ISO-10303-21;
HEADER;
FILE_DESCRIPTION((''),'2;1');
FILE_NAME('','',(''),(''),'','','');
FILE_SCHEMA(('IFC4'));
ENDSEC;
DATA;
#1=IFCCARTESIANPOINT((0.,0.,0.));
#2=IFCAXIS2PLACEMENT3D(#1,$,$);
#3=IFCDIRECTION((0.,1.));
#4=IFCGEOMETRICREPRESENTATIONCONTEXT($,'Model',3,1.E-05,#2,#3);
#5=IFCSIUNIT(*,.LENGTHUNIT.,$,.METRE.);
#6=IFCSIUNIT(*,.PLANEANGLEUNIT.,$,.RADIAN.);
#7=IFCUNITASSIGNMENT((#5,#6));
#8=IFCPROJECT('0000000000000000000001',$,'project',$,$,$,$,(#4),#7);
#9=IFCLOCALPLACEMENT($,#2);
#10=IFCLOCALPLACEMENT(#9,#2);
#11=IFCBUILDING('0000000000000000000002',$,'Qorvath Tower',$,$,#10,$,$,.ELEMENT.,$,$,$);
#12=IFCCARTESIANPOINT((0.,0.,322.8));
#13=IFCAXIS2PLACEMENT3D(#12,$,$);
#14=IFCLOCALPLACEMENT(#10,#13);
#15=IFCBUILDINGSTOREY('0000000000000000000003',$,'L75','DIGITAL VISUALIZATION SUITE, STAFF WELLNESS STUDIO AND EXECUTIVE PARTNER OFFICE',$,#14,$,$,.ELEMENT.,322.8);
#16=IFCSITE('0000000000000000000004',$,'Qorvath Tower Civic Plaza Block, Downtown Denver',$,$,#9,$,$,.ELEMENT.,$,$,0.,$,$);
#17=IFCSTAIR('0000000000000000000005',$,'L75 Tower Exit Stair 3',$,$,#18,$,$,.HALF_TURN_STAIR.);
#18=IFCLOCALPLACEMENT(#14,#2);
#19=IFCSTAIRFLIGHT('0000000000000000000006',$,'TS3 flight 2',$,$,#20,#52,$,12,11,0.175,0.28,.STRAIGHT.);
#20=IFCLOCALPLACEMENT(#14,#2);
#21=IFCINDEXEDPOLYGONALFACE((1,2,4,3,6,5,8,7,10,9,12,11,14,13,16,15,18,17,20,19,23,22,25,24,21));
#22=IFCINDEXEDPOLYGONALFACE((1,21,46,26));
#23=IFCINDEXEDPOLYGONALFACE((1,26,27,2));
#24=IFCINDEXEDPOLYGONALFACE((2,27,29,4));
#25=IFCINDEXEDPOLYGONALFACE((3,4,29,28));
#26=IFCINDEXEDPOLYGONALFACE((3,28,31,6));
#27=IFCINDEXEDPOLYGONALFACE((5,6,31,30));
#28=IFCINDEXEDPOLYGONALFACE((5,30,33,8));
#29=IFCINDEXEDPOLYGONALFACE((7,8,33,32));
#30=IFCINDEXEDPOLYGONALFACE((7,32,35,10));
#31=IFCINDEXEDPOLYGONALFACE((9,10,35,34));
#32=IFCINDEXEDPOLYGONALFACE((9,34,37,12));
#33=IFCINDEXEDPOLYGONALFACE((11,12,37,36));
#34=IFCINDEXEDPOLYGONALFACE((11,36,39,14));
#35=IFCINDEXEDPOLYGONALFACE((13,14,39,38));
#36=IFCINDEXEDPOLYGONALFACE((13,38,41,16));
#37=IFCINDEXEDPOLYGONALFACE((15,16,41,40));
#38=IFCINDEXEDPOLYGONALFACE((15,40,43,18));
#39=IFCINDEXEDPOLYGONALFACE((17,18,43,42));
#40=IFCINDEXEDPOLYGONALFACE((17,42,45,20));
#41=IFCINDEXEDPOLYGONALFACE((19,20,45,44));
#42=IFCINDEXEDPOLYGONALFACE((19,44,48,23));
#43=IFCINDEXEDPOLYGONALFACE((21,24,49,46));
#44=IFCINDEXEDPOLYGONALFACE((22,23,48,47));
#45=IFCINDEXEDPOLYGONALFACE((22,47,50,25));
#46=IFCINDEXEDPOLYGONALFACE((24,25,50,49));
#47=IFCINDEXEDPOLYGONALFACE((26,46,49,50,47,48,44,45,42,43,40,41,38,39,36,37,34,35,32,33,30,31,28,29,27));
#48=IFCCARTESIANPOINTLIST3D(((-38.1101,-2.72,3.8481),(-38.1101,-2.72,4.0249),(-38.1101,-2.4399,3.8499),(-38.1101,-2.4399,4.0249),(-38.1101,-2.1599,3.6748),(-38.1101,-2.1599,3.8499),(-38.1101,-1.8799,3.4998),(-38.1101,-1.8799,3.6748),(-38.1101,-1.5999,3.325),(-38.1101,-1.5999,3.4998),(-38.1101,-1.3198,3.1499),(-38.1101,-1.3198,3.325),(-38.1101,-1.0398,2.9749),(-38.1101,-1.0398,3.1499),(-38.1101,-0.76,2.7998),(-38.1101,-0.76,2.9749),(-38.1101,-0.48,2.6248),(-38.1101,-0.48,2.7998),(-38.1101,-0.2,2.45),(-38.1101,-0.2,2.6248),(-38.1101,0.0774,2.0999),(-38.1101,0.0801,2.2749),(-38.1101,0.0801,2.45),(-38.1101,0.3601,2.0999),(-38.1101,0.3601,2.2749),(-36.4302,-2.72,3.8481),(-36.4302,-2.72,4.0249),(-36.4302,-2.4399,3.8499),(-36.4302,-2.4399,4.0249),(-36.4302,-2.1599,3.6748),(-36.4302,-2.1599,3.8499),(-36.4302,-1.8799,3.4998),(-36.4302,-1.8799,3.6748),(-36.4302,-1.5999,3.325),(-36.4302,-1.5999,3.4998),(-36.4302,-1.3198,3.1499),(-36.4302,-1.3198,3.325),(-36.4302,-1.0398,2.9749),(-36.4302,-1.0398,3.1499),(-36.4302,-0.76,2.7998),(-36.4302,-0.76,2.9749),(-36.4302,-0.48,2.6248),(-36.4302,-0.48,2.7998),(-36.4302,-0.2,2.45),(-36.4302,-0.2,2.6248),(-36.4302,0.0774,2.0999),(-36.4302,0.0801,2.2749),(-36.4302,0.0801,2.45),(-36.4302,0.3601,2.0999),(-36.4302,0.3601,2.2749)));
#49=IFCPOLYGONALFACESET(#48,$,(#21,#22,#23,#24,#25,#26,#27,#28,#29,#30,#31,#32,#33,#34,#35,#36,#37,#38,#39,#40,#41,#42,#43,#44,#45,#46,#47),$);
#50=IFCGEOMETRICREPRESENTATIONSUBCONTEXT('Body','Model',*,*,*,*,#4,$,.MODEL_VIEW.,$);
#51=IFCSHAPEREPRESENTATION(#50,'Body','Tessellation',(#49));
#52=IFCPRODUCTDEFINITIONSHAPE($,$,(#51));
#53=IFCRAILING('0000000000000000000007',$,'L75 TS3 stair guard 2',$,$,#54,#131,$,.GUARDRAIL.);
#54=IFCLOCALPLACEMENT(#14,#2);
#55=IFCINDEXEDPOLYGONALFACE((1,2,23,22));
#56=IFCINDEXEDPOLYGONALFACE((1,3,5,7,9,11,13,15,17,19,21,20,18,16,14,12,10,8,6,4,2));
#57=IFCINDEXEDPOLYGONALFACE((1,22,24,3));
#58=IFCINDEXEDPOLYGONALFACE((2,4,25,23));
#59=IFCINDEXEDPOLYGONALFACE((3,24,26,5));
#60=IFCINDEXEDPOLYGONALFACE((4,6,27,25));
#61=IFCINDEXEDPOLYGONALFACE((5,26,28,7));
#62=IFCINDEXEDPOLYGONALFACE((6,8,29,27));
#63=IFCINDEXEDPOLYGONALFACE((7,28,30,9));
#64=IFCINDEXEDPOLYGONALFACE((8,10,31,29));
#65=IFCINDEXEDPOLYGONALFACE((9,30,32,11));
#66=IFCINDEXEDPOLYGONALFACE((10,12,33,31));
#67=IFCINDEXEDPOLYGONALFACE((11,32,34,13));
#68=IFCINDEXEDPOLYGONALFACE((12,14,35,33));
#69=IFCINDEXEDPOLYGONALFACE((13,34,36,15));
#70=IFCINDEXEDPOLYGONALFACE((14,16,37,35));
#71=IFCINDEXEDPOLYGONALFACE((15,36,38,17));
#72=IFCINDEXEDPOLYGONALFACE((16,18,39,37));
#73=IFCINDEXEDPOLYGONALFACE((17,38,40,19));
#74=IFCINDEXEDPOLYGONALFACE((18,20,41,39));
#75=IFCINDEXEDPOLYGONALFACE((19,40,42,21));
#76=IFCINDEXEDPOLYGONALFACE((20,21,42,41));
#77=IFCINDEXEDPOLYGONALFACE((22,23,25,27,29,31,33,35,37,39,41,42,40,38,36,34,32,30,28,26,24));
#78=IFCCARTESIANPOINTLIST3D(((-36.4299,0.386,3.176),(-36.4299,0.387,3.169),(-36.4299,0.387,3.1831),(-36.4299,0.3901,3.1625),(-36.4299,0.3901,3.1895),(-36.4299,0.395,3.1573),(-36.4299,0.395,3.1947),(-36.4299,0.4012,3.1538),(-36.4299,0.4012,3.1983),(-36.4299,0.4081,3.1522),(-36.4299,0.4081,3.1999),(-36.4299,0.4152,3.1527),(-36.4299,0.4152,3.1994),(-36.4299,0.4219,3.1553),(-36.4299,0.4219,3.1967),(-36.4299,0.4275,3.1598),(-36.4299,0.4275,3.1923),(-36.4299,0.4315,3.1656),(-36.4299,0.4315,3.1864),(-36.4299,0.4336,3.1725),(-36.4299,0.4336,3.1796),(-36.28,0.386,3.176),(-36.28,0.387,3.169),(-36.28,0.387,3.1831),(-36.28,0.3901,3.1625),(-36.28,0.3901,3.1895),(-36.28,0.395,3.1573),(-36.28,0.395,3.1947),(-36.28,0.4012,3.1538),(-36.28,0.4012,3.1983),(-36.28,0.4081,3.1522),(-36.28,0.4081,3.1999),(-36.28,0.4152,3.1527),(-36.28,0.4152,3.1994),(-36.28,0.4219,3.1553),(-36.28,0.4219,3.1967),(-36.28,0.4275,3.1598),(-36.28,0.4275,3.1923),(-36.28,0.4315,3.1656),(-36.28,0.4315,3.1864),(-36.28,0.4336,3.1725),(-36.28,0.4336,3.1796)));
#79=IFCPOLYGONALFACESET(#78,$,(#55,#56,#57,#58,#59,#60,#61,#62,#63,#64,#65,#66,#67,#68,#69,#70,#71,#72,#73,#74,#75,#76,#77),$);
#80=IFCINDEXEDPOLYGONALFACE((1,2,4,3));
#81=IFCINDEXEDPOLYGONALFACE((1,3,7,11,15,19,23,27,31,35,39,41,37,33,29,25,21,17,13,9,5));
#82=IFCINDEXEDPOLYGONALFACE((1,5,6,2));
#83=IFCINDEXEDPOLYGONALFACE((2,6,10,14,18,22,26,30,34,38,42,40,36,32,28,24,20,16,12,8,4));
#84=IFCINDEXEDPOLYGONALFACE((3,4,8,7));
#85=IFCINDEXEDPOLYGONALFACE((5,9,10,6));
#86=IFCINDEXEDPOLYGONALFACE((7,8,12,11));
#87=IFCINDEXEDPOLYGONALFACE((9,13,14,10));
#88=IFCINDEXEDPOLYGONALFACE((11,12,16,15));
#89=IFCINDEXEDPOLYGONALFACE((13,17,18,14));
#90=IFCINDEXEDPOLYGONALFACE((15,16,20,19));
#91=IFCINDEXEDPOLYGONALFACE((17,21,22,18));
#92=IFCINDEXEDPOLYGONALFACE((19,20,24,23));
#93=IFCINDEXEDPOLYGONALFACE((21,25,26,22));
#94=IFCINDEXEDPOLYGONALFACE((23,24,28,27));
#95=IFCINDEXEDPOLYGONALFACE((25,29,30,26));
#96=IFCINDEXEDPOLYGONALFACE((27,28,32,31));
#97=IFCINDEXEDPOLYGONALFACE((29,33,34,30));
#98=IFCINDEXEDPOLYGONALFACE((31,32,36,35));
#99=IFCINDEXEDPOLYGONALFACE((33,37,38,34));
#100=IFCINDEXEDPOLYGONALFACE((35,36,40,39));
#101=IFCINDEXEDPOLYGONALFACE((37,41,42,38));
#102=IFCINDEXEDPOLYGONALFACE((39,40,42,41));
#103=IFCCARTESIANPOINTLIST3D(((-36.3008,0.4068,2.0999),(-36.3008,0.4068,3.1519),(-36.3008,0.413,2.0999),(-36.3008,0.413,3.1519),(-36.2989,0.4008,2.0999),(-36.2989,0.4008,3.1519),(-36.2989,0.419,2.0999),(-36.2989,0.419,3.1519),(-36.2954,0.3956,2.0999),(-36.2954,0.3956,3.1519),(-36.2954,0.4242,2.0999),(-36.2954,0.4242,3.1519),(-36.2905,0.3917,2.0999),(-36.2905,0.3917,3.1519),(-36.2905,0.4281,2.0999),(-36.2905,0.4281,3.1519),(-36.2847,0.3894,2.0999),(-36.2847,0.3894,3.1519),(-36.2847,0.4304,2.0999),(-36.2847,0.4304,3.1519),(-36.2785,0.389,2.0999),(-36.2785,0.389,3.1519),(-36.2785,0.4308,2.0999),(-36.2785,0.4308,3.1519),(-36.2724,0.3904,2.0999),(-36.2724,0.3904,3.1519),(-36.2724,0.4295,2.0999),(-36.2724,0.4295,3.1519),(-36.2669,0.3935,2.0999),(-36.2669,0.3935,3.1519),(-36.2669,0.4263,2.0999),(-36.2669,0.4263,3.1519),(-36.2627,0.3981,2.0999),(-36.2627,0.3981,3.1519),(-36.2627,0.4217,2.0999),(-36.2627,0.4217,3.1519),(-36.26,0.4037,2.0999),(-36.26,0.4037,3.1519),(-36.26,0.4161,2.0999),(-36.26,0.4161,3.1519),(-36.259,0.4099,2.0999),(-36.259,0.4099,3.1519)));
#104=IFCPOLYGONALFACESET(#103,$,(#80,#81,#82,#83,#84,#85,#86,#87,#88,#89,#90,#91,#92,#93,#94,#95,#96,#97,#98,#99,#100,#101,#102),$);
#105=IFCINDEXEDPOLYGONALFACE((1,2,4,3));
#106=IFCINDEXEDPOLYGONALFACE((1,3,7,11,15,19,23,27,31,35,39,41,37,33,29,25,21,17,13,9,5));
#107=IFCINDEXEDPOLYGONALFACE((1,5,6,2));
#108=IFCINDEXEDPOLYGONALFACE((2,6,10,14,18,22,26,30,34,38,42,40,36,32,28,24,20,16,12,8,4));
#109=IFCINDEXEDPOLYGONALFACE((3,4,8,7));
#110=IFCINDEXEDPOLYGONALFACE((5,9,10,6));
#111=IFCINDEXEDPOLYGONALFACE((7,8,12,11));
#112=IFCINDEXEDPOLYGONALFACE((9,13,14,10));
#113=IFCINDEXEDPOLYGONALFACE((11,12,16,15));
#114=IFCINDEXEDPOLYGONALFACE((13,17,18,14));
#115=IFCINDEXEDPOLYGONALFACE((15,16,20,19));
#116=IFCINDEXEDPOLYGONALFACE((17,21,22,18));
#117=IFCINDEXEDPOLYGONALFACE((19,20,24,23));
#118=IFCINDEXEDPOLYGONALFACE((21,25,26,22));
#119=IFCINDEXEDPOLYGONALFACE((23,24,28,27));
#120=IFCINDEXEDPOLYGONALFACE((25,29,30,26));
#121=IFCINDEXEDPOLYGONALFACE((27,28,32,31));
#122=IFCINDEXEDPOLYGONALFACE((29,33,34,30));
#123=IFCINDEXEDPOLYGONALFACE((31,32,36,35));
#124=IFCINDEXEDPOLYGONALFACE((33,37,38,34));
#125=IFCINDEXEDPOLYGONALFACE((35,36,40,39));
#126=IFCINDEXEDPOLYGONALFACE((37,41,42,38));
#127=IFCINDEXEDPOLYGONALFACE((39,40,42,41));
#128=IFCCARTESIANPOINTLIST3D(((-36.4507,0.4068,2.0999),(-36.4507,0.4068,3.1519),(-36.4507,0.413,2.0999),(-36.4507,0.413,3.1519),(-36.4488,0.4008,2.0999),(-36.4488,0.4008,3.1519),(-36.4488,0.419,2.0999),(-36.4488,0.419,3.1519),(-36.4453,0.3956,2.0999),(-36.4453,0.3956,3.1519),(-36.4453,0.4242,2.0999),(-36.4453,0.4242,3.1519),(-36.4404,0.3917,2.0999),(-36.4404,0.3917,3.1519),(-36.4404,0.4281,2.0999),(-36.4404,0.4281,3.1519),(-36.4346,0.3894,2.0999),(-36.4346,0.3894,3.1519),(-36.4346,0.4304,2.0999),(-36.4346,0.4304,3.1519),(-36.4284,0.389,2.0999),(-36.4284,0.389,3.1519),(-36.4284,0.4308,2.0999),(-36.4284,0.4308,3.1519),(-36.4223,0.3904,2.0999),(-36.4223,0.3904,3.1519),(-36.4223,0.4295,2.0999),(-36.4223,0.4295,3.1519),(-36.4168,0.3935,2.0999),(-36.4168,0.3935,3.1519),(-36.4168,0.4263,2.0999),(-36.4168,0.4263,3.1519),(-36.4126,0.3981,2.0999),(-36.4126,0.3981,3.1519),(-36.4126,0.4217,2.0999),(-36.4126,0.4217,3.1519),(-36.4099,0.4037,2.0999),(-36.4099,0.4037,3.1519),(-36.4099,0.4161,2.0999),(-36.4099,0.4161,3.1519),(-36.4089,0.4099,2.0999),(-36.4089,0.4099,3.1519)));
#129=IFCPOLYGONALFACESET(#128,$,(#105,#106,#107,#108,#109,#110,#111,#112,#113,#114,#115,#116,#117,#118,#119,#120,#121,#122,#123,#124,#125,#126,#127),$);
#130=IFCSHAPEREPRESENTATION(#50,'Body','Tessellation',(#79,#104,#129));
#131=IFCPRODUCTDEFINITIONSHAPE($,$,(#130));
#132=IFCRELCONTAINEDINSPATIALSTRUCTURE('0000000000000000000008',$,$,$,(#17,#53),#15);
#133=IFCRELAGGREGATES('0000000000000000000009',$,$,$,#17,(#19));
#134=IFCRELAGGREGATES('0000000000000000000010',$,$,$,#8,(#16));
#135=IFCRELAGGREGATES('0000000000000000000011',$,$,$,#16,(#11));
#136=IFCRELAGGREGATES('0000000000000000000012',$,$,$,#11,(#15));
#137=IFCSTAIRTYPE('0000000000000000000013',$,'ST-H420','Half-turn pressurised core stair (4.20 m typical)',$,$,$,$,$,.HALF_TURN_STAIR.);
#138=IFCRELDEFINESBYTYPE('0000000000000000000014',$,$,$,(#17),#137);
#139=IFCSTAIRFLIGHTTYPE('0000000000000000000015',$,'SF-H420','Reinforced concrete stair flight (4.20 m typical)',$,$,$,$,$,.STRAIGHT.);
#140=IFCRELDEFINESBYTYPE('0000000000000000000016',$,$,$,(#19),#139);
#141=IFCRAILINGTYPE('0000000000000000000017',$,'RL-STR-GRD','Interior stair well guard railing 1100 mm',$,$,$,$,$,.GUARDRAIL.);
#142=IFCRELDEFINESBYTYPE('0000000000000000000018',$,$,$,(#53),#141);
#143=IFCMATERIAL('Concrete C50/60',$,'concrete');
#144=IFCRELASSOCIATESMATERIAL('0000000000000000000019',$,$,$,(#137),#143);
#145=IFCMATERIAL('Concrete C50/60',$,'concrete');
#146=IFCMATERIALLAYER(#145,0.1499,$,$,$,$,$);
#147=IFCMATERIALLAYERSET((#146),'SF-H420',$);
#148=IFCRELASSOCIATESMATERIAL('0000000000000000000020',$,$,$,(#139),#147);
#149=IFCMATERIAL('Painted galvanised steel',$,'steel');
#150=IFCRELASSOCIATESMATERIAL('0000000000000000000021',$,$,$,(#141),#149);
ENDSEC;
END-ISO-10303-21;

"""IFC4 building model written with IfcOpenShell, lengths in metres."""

from ifc_helpers import new_model, si_unit, direction, frame, origin, origin_2d, place, context, subcontext, project, spatial, polyline, circle, outline, extrude, material, layer, layer_set, type_object, element, aggregate, save


model = new_model("IFC4")

# Units and contexts
model_context = context("Model", 3, precision=1e-05, world=origin(), true_north=direction((0.0, 1.0)))
body_context = subcontext(model_context, "Body", "Model", "MODEL_VIEW")
ifc_project = project(units=[si_unit("LENGTHUNIT", "METRE"), si_unit("PLANEANGLEUNIT", "RADIAN")], contexts=[model_context])

# Site, building, storey
site_placement = place(None, origin())
site = spatial("IfcSite", under=ifc_project, at=site_placement, Name="Qorvath Tower Civic Plaza Block, Downtown Denver", CompositionType="ELEMENT", RefElevation=0.0)
building_placement = place(site_placement, origin())
building = spatial("IfcBuilding", under=site, at=building_placement, Name="Qorvath Tower", CompositionType="ELEMENT")
storey_placement = place(building_placement, frame((0.0, 0.0, 322.8)))
storey = spatial("IfcBuildingStorey", under=building, at=storey_placement, Name="L75", Description="DIGITAL VISUALIZATION SUITE, STAFF WELLNESS STUDIO AND EXECUTIVE PARTNER OFFICE", CompositionType="ELEMENT", Elevation=322.8)

# Stair, stair flight
ifc_material_1 = material(Name="Concrete C50/60", Category="concrete")
stair_type = type_object("IfcStairType", Name="ST-H420", Description="Half-turn pressurised core stair (4.20 m typical)", PredefinedType="HALF_TURN_STAIR", material=ifc_material_1)
stair_placement = place(storey_placement, origin())
stair = element("IfcStair", 1, at=stair_placement, inside=storey, type_object=stair_type, Name="L75 Tower Exit Stair 3", PredefinedType="HALF_TURN_STAIR")
ifc_material_2 = material(Name="Concrete C50/60", Category="concrete")
ifc_layer_1 = layer(ifc_material_2, 0.1499)
ifc_layer_set_1 = layer_set([ifc_layer_1], Name="SF-H420")
stair_flight_type = type_object("IfcStairFlightType", Name="SF-H420", Description="Reinforced concrete stair flight (4.20 m typical)", PredefinedType="STRAIGHT", material=ifc_layer_set_1)
stair_flight_placement = place(storey_placement, frame((-37.27, 0.3601, 2.0999), z_axis=(0.0, 0.0, 1.0), x_axis=(0.0, -1.0, 0.0)))
stair_flight = element("IfcStairFlight", 2, at=stair_flight_placement, type_object=stair_flight_type, Name="TS3 flight 2", NumberOfRisers=12, NumberOfTreads=11, PredefinedType="STRAIGHT", RiserHeight=0.175, TreadLength=0.28, context=body_context, shape_type="SweptSolid", body=[
    extrude(outline(polyline([(0.0, 0.0), (0.0, 0.175), (0.28, 0.175), (0.28, 0.3501), (0.5601, 0.3501), (0.5601, 0.5249), (0.8401, 0.5249), (0.8401, 0.7), (1.1201, 0.7), (1.1201, 0.875), (1.3999, 0.875), (1.3999, 1.05), (1.6799, 1.05), (1.6799, 1.2251), (1.96, 1.2251), (1.96, 1.3999), (2.24, 1.3999), (2.24, 1.575), (2.52, 1.575), (2.52, 1.75), (2.8, 1.75), (2.8, 1.925), (3.0801, 1.925), (3.0801, 2.1001), (3.0801, 1.7483), (0.2827, 0.0), (0.0, 0.0)])), frame((0.0, 0.8398, 0.0), z_axis=(0.0, -1.0, 0.0), x_axis=(1.0, 0.0, 0.0)), (0.0, 0.0, 1.0), 1.6799),
])
aggregate(stair, [stair_flight])

# Railing
ifc_material_3 = material(Name="Painted galvanised steel", Category="steel")
railing_type = type_object("IfcRailingType", Name="RL-STR-GRD", Description="Interior stair well guard railing 1100 mm", PredefinedType="GUARDRAIL", material=ifc_material_3)
railing_1_placement = place(storey_placement, frame((-36.28, 0.4099, 2.0999)))
element("IfcRailing", 3, at=railing_1_placement, inside=storey, type_object=railing_type, Name="L75 TS3 stair guard 2", PredefinedType="GUARDRAIL", context=body_context, shape_type="SweptSolid", body=[
    extrude(circle(Radius=0.0239, at=origin_2d()), frame((0.0, 0.0, 1.0762), z_axis=(-1.0, 0.0, 0.0), x_axis=(0.0, -1.0, 0.0)), (0.0, 0.0, 1.0), 0.1499),
    extrude(circle(Radius=0.021, at=origin_2d()), origin(), (0.0, 0.0, 1.0), 1.052),
    extrude(circle(Radius=0.021, at=origin_2d()), frame((-0.1499, 0.0, 0.0)), (0.0, 0.0, 1.0), 1.052),
])

save(model, "model.ifc")
